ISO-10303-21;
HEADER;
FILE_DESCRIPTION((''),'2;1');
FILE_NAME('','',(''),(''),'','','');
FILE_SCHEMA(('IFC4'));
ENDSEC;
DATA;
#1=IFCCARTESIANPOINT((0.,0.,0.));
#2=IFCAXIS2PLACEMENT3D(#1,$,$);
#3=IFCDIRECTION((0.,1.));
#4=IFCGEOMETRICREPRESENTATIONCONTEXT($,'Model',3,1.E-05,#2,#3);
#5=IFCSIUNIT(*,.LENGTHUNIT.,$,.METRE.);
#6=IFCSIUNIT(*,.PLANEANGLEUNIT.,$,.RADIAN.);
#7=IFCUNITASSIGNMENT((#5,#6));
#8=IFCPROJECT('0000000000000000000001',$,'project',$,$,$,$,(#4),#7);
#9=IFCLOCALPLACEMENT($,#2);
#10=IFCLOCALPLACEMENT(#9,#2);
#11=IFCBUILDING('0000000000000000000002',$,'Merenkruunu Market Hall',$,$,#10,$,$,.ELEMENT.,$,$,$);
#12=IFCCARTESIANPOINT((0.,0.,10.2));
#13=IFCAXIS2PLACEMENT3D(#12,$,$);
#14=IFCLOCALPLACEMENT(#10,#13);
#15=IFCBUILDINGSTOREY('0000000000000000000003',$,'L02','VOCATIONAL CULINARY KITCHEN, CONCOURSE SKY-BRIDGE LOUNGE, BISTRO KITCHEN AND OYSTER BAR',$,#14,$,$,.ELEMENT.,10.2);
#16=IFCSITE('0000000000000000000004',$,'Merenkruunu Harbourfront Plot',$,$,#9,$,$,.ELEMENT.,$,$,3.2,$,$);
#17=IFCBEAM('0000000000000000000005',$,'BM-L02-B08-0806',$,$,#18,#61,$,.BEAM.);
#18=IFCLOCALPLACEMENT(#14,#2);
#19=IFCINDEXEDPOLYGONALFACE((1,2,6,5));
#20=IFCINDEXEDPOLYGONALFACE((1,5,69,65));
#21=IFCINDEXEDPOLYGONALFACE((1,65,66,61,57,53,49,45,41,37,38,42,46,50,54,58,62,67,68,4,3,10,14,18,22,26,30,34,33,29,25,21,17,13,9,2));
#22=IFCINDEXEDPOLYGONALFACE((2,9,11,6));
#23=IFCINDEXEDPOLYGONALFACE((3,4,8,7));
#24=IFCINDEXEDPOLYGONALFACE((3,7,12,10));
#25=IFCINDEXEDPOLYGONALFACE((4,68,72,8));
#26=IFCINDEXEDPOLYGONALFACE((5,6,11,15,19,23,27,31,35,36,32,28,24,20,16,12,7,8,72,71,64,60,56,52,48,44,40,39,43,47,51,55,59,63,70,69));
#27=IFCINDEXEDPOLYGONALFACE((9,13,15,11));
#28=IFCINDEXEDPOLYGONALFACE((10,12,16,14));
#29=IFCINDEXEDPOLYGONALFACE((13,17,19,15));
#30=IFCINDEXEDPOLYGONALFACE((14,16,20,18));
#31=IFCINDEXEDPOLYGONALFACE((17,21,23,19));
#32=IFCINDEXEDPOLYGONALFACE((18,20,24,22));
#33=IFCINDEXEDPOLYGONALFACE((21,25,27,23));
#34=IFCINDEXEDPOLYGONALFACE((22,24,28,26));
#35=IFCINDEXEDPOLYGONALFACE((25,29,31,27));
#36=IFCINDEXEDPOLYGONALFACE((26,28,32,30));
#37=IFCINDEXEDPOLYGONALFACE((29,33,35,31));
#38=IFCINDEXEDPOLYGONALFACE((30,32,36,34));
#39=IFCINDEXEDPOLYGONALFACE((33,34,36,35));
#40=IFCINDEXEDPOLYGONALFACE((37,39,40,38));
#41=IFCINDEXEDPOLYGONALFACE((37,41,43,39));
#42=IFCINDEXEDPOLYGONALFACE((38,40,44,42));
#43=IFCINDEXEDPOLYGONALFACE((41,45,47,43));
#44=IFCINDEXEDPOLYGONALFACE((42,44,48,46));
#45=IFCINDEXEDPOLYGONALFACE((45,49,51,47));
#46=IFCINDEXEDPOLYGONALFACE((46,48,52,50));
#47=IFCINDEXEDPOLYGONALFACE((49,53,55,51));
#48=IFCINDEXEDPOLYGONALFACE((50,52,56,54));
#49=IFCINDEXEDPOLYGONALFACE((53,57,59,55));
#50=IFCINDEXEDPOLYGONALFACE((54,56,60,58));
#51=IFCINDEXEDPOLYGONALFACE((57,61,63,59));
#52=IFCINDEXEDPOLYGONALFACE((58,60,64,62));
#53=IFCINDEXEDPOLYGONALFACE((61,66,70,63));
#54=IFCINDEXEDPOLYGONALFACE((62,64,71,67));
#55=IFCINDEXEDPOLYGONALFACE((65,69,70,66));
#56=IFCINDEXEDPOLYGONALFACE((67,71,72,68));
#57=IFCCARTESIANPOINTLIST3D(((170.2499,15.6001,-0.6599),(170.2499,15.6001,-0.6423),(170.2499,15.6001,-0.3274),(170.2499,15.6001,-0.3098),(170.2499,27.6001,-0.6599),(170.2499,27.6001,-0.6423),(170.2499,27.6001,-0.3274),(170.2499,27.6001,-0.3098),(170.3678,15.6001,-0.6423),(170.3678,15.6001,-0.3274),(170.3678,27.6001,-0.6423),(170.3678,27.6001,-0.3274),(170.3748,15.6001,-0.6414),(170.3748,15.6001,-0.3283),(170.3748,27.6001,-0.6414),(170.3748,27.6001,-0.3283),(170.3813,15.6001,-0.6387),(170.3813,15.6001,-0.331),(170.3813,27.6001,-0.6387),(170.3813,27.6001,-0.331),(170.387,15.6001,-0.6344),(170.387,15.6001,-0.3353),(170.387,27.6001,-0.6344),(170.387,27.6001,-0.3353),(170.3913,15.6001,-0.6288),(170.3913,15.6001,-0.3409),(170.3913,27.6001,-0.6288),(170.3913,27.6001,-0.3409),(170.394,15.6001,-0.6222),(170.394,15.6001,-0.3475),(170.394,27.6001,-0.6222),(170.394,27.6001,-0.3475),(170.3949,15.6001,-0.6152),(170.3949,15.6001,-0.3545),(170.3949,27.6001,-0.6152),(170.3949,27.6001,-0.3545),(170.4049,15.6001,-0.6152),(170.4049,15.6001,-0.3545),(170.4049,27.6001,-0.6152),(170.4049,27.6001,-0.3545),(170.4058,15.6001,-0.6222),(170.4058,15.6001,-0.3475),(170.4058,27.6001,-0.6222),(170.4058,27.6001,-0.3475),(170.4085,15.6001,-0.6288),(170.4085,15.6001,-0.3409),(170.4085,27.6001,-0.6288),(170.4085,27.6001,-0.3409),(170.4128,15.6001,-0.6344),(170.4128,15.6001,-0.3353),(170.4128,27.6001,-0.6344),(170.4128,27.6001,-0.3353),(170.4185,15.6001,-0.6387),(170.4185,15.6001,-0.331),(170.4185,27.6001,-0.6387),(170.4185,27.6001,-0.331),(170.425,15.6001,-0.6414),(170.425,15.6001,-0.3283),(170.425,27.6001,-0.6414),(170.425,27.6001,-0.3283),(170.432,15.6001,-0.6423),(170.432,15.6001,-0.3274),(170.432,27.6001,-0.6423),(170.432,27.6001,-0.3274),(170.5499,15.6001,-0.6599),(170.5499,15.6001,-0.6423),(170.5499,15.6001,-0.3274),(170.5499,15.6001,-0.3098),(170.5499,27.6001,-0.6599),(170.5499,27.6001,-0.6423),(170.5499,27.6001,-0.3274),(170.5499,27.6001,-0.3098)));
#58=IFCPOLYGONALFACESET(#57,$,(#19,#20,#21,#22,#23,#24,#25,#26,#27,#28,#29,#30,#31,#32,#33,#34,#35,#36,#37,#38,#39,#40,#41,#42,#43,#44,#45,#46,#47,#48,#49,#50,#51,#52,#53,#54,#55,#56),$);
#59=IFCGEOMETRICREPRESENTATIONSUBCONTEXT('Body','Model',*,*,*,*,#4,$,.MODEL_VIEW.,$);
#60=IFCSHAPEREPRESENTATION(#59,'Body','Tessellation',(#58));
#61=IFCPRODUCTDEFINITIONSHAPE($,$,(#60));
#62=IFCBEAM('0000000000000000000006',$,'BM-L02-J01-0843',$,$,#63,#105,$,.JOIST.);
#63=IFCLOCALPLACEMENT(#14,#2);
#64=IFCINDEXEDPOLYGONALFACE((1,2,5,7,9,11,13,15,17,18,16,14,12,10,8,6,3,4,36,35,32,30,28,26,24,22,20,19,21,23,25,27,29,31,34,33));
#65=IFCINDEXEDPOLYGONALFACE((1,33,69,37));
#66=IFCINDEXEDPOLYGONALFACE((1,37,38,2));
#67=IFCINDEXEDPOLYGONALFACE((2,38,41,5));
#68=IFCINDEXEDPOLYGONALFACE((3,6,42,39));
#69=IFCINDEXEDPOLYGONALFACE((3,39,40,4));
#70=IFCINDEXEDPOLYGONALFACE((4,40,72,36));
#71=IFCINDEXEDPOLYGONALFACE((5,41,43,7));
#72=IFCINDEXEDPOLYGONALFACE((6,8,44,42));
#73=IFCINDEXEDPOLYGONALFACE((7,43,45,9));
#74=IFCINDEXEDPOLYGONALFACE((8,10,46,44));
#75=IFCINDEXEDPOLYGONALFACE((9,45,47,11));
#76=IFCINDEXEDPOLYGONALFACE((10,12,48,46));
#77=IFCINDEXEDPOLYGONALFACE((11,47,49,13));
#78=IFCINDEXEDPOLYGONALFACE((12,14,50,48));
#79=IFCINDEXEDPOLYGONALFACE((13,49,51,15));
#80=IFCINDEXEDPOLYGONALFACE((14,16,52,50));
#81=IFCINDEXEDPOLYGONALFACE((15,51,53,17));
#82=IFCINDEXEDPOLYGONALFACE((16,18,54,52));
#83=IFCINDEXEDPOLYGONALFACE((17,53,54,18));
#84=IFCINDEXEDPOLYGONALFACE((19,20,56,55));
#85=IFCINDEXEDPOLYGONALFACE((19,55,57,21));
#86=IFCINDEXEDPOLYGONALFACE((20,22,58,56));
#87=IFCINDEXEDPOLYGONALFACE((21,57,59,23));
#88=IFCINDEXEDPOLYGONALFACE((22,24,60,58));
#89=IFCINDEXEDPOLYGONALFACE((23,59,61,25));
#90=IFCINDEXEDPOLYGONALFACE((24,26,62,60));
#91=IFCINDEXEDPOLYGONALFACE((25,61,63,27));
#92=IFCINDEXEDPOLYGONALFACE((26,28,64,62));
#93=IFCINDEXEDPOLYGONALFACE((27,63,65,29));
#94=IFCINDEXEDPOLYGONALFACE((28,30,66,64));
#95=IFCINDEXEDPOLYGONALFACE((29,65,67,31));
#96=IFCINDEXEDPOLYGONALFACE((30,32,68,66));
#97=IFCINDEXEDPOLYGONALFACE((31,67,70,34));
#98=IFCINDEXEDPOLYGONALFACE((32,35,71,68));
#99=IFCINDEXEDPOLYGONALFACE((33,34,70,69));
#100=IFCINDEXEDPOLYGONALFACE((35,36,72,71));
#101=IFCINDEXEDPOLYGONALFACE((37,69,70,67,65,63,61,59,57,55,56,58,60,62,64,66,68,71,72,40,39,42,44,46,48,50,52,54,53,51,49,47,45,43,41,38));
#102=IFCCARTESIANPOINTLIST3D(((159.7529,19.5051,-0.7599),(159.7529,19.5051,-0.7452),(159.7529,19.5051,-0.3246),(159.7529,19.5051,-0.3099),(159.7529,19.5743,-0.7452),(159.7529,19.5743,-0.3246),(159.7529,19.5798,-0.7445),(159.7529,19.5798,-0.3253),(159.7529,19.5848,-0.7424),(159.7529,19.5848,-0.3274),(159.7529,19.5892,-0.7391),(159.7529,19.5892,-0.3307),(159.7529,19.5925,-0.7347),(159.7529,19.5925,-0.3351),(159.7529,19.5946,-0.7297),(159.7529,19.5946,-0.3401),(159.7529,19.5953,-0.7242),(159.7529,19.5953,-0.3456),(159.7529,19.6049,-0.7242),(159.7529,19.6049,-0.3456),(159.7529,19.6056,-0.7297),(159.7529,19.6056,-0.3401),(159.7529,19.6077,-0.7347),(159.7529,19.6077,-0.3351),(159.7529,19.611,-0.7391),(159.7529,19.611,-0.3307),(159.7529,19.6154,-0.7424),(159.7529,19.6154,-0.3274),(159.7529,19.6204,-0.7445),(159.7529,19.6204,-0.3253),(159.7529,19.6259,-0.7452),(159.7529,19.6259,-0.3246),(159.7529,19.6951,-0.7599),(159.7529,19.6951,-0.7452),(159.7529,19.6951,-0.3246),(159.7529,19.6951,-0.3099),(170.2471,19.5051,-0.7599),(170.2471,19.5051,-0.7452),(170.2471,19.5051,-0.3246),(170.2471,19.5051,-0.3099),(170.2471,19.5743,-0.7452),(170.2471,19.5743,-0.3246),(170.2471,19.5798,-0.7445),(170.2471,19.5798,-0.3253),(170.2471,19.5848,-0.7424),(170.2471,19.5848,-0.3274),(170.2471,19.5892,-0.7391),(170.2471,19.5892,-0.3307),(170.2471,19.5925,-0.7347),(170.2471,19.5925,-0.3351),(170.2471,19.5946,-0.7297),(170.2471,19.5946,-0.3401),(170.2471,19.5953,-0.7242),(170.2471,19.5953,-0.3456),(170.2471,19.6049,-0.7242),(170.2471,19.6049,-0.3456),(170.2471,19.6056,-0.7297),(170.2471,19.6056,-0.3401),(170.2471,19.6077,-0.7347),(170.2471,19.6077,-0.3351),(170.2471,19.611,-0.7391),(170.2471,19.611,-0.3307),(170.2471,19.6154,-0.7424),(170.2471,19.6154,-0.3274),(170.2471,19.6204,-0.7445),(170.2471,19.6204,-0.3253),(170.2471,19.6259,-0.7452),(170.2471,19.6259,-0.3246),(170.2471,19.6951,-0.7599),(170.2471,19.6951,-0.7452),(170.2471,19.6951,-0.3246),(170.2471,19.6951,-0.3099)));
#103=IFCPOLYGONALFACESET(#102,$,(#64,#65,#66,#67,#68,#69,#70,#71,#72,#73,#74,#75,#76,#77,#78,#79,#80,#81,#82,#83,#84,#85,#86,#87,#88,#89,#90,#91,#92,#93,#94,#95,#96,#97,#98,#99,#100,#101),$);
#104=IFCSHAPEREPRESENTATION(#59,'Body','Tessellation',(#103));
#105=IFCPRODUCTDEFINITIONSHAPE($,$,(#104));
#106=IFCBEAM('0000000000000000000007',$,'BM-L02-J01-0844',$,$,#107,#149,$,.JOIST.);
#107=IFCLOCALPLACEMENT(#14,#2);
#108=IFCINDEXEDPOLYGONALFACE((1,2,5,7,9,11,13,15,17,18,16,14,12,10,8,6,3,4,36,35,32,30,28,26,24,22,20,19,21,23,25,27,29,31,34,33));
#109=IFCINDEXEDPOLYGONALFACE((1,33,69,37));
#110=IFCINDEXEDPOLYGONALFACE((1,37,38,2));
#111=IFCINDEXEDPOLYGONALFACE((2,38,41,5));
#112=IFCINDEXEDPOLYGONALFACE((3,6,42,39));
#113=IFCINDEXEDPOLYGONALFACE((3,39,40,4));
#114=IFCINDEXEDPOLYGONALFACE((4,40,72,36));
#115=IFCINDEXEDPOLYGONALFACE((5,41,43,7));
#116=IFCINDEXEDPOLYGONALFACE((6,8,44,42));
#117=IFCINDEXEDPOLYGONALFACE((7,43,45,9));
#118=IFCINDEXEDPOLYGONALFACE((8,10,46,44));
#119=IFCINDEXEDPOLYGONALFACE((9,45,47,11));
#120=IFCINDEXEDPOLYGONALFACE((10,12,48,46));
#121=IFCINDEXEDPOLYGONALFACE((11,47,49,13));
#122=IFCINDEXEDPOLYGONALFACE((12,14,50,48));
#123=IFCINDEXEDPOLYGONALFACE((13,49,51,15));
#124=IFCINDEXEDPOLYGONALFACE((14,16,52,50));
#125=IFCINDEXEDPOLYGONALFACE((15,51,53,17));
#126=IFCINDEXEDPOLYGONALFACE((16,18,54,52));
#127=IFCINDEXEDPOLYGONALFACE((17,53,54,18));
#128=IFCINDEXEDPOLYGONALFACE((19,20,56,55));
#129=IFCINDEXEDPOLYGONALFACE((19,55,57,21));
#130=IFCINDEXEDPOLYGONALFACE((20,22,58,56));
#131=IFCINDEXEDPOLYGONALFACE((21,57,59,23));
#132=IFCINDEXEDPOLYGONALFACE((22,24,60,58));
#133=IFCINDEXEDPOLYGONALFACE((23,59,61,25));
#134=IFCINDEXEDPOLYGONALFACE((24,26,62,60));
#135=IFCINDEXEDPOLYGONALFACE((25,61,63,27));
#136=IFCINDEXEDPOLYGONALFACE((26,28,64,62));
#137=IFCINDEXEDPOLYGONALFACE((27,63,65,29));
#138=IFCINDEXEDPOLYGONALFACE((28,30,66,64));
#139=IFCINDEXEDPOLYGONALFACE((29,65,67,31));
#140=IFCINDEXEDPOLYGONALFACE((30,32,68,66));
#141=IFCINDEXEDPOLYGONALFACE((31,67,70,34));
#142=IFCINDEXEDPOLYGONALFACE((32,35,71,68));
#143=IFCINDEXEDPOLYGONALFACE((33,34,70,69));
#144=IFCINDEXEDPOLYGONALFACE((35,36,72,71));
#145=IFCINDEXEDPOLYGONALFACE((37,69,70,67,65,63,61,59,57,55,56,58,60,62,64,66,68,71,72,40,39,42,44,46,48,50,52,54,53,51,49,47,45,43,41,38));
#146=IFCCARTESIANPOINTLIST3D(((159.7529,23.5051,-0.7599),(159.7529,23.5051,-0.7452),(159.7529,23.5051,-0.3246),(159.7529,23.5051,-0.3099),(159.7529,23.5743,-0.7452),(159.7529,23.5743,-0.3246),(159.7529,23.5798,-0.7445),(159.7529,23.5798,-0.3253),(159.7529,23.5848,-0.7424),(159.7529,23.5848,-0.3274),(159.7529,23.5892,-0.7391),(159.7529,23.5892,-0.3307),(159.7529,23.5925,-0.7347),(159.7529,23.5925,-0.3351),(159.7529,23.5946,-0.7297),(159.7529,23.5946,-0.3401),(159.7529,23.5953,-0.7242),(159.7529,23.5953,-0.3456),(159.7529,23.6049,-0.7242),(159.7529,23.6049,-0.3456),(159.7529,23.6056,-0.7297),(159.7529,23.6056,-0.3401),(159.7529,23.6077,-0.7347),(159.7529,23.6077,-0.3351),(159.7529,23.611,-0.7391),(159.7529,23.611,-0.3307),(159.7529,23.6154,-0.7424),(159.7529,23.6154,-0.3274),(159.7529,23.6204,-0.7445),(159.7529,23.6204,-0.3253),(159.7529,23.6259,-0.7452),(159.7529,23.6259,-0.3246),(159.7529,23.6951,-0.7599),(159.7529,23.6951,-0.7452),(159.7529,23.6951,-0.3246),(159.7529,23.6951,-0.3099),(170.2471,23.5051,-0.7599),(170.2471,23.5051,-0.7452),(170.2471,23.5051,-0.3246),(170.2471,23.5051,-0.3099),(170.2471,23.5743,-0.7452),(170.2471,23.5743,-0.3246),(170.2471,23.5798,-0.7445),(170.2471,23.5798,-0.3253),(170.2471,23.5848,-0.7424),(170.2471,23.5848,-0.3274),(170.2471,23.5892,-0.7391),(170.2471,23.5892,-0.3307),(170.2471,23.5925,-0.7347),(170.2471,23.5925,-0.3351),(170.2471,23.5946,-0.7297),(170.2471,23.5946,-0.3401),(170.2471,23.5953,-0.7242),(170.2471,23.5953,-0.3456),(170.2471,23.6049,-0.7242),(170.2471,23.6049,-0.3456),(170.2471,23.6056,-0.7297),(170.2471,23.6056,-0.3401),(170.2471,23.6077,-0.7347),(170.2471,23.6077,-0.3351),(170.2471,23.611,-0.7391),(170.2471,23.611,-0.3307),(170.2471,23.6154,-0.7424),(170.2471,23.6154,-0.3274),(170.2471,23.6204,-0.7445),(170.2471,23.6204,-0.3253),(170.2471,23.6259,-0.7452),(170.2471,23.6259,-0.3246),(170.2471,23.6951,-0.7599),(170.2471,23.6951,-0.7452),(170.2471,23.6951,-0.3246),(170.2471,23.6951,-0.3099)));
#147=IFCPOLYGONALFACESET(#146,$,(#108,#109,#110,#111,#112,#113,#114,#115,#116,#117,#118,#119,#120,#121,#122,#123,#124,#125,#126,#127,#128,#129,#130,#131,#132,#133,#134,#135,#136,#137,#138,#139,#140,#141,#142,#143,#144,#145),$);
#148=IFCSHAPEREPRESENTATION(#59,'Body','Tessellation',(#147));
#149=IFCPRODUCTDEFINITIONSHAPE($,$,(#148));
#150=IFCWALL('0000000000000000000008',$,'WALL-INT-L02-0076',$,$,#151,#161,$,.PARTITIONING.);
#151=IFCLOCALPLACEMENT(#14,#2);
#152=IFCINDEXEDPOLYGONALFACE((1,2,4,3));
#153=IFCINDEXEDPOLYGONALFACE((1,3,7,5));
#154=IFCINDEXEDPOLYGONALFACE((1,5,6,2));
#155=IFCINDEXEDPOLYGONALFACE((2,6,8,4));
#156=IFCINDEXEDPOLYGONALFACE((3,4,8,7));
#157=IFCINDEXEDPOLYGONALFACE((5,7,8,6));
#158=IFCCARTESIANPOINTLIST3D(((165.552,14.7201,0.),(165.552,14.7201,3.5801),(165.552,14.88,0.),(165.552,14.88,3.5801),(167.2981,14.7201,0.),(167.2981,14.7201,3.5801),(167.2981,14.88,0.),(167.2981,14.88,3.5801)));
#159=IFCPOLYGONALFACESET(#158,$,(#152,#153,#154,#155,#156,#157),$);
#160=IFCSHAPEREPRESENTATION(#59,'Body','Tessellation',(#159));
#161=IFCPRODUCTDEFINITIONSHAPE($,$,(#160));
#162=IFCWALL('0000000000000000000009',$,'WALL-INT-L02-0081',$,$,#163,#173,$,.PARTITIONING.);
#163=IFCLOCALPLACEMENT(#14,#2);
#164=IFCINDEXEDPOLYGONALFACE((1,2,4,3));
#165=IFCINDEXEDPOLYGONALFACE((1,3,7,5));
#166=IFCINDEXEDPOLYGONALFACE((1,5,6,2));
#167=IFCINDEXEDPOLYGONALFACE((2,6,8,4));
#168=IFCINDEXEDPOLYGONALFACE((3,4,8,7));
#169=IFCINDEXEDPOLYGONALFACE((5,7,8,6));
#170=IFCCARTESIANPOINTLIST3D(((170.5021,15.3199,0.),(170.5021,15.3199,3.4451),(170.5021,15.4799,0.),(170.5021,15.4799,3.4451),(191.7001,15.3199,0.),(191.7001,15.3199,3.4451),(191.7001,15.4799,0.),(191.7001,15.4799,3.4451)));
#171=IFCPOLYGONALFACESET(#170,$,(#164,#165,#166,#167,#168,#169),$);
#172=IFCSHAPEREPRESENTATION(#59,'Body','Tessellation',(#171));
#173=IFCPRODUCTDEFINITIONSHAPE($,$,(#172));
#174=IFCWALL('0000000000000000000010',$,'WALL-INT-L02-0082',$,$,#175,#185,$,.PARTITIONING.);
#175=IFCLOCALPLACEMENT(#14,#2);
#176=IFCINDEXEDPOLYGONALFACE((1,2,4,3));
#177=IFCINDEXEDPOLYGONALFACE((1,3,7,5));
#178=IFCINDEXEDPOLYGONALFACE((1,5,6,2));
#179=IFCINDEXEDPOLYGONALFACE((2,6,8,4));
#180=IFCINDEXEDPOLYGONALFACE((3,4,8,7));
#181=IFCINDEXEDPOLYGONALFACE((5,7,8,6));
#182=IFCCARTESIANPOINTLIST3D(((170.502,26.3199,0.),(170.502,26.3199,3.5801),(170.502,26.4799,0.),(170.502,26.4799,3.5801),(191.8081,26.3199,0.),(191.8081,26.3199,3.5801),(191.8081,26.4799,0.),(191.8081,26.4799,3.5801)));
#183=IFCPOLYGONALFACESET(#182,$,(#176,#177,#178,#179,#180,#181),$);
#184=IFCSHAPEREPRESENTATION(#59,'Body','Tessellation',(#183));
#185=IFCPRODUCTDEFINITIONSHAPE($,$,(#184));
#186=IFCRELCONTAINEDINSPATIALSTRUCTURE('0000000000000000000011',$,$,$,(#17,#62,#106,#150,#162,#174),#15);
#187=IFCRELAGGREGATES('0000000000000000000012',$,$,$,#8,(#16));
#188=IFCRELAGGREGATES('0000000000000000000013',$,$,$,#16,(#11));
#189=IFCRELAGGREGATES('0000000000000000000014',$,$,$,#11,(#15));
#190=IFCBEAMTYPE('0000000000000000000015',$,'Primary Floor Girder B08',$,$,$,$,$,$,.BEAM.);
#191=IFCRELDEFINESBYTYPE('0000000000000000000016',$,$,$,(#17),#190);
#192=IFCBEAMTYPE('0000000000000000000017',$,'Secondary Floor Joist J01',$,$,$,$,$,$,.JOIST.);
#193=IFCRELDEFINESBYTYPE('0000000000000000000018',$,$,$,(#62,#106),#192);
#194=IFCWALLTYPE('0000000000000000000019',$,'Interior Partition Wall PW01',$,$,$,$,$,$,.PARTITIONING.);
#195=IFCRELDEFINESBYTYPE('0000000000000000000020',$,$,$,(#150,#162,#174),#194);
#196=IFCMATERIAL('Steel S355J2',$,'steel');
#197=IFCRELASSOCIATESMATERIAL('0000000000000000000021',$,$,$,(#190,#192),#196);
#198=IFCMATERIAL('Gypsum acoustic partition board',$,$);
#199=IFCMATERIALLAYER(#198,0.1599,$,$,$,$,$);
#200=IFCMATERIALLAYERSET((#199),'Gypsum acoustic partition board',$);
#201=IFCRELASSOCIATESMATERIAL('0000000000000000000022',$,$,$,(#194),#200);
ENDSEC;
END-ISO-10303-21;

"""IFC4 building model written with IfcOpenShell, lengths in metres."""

from ifc_helpers import new_model, si_unit, direction, frame, frame_2d, origin, origin_2d, place, context, subcontext, project, spatial, rectangle, i_section, extrude, material, layer, layer_set, material_profile, profile_set, type_object, element, save


model = new_model("IFC4")

# Units and contexts
model_context = context("Model", 3, precision=1e-05, world=origin(), true_north=direction((0.0, 1.0)))
body_context = subcontext(model_context, "Body", "Model", "MODEL_VIEW")
ifc_project = project(units=[si_unit("LENGTHUNIT", "METRE"), si_unit("PLANEANGLEUNIT", "RADIAN")], contexts=[model_context])

# Site, building, storey
site_placement = place(None, origin())
site = spatial("IfcSite", under=ifc_project, at=site_placement, Name="Merenkruunu Harbourfront Plot", CompositionType="ELEMENT", RefElevation=3.2)
building_placement = place(site_placement, origin())
building = spatial("IfcBuilding", under=site, at=building_placement, Name="Merenkruunu Market Hall", CompositionType="ELEMENT")
storey_placement = place(building_placement, frame((0.0, 0.0, 10.2)))
storey = spatial("IfcBuildingStorey", under=building, at=storey_placement, Name="L02", Description="VOCATIONAL CULINARY KITCHEN, CONCOURSE SKY-BRIDGE LOUNGE, BISTRO KITCHEN AND OYSTER BAR", CompositionType="ELEMENT", Elevation=10.2)

# Shared definitions
ifc_material_1 = material(Name="Steel S355J2", Category="steel")

# Beams
ifc_material_profile_1 = material_profile(ifc_material_1, i_section(OverallWidth=0.3, OverallDepth=0.3501, WebThickness=0.01, FlangeThickness=0.0176, FilletRadius=0.0271, at=origin_2d()), Name="HEA 360")
ifc_profile_set_1 = profile_set([ifc_material_profile_1], Name="Steel S355J2")
beam_type_1 = type_object("IfcBeamType", Name="Primary Floor Girder B08", PredefinedType="BEAM", material=ifc_profile_set_1)
for number, where, z_axis, x_axis, name in (
    (1, (170.3999, 15.6001, -0.4849), (0.0, 1.0, 0.0), (-1.0, 0.0, 0.0), "BM-L02-B08-0806"),
):
    element("IfcBeam", number, at=place(storey_placement, frame(where, z_axis=z_axis, x_axis=x_axis)), inside=storey, type_object=beam_type_1, Name=name, PredefinedType="BEAM", context=body_context, shape_type="SweptSolid", body=[
        extrude(i_section(OverallWidth=0.3, OverallDepth=0.3501, WebThickness=0.01, FlangeThickness=0.0176, FilletRadius=0.0271, at=origin_2d()), origin(), (0.0, 0.0, 1.0), 12.0),
    ])
ifc_material_profile_2 = material_profile(ifc_material_1, i_section(OverallWidth=0.1899, OverallDepth=0.45, WebThickness=0.0095, FlangeThickness=0.0146, FilletRadius=0.021, at=origin_2d()), Name="IPE 450")
ifc_profile_set_2 = profile_set([ifc_material_profile_2], Name="Steel S355J2")
beam_type_2 = type_object("IfcBeamType", Name="Secondary Floor Joist J01", PredefinedType="JOIST", material=ifc_profile_set_2)
for number, where, z_axis, x_axis, name in (
    (2, (159.7529, 19.6001, -0.5349), (1.0, 0.0, 0.0), (0.0, 1.0, 0.0), "BM-L02-J01-0843"),
    (3, (159.7529, 23.6001, -0.5349), (1.0, 0.0, 0.0), (0.0, 1.0, 0.0), "BM-L02-J01-0844"),
):
    element("IfcBeam", number, at=place(storey_placement, frame(where, z_axis=z_axis, x_axis=x_axis)), inside=storey, type_object=beam_type_2, Name=name, PredefinedType="JOIST", context=body_context, shape_type="SweptSolid", body=[
        extrude(i_section(OverallWidth=0.1899, OverallDepth=0.45, WebThickness=0.0095, FlangeThickness=0.0146, FilletRadius=0.021, at=origin_2d()), origin(), (0.0, 0.0, 1.0), 10.4941),
    ])

# Walls
ifc_material_2 = material(Name="Gypsum acoustic partition board")
ifc_layer_1 = layer(ifc_material_2, 0.1599)
ifc_layer_set_1 = layer_set([ifc_layer_1], Name="Gypsum acoustic partition board")
wall_type_1 = type_object("IfcWallType", Name="Interior Partition Wall PW01", PredefinedType="PARTITIONING", material=ifc_layer_set_1)
wall_1_placement = place(storey_placement, frame((165.552, 14.8, 0.0), z_axis=(0.0, 0.0, 1.0), x_axis=(1.0, 0.0, 0.0)))
element("IfcWall", 4, at=wall_1_placement, inside=storey, type_object=wall_type_1, Name="WALL-INT-L02-0076", PredefinedType="PARTITIONING", context=body_context, shape_type="SweptSolid", body=[
    extrude(rectangle(XDim=1.7461, YDim=0.1599, at=frame_2d((0.873, 0.0))), origin(), (0.0, 0.0, 1.0), 3.5801),
])
wall_2_placement = place(storey_placement, frame((170.502, 15.3999, 0.0), z_axis=(0.0, 0.0, 1.0), x_axis=(1.0, 0.0, 0.0)))
element("IfcWall", 5, at=wall_2_placement, inside=storey, type_object=wall_type_1, Name="WALL-INT-L02-0081", PredefinedType="PARTITIONING", context=body_context, shape_type="SweptSolid", body=[
    extrude(rectangle(XDim=21.198, YDim=0.1599, at=frame_2d((10.5991, 0.0))), origin(), (0.0, 0.0, 1.0), 3.4451),
])
wall_3_placement = place(storey_placement, frame((170.502, 26.3999, 0.0), z_axis=(0.0, 0.0, 1.0), x_axis=(1.0, 0.0, 0.0)))
element("IfcWall", 6, at=wall_3_placement, inside=storey, type_object=wall_type_1, Name="WALL-INT-L02-0082", PredefinedType="PARTITIONING", context=body_context, shape_type="SweptSolid", body=[
    extrude(rectangle(XDim=21.3062, YDim=0.1599, at=frame_2d((10.6531, 0.0))), origin(), (0.0, 0.0, 1.0), 3.5801),
])

save(model, "model.ifc")
